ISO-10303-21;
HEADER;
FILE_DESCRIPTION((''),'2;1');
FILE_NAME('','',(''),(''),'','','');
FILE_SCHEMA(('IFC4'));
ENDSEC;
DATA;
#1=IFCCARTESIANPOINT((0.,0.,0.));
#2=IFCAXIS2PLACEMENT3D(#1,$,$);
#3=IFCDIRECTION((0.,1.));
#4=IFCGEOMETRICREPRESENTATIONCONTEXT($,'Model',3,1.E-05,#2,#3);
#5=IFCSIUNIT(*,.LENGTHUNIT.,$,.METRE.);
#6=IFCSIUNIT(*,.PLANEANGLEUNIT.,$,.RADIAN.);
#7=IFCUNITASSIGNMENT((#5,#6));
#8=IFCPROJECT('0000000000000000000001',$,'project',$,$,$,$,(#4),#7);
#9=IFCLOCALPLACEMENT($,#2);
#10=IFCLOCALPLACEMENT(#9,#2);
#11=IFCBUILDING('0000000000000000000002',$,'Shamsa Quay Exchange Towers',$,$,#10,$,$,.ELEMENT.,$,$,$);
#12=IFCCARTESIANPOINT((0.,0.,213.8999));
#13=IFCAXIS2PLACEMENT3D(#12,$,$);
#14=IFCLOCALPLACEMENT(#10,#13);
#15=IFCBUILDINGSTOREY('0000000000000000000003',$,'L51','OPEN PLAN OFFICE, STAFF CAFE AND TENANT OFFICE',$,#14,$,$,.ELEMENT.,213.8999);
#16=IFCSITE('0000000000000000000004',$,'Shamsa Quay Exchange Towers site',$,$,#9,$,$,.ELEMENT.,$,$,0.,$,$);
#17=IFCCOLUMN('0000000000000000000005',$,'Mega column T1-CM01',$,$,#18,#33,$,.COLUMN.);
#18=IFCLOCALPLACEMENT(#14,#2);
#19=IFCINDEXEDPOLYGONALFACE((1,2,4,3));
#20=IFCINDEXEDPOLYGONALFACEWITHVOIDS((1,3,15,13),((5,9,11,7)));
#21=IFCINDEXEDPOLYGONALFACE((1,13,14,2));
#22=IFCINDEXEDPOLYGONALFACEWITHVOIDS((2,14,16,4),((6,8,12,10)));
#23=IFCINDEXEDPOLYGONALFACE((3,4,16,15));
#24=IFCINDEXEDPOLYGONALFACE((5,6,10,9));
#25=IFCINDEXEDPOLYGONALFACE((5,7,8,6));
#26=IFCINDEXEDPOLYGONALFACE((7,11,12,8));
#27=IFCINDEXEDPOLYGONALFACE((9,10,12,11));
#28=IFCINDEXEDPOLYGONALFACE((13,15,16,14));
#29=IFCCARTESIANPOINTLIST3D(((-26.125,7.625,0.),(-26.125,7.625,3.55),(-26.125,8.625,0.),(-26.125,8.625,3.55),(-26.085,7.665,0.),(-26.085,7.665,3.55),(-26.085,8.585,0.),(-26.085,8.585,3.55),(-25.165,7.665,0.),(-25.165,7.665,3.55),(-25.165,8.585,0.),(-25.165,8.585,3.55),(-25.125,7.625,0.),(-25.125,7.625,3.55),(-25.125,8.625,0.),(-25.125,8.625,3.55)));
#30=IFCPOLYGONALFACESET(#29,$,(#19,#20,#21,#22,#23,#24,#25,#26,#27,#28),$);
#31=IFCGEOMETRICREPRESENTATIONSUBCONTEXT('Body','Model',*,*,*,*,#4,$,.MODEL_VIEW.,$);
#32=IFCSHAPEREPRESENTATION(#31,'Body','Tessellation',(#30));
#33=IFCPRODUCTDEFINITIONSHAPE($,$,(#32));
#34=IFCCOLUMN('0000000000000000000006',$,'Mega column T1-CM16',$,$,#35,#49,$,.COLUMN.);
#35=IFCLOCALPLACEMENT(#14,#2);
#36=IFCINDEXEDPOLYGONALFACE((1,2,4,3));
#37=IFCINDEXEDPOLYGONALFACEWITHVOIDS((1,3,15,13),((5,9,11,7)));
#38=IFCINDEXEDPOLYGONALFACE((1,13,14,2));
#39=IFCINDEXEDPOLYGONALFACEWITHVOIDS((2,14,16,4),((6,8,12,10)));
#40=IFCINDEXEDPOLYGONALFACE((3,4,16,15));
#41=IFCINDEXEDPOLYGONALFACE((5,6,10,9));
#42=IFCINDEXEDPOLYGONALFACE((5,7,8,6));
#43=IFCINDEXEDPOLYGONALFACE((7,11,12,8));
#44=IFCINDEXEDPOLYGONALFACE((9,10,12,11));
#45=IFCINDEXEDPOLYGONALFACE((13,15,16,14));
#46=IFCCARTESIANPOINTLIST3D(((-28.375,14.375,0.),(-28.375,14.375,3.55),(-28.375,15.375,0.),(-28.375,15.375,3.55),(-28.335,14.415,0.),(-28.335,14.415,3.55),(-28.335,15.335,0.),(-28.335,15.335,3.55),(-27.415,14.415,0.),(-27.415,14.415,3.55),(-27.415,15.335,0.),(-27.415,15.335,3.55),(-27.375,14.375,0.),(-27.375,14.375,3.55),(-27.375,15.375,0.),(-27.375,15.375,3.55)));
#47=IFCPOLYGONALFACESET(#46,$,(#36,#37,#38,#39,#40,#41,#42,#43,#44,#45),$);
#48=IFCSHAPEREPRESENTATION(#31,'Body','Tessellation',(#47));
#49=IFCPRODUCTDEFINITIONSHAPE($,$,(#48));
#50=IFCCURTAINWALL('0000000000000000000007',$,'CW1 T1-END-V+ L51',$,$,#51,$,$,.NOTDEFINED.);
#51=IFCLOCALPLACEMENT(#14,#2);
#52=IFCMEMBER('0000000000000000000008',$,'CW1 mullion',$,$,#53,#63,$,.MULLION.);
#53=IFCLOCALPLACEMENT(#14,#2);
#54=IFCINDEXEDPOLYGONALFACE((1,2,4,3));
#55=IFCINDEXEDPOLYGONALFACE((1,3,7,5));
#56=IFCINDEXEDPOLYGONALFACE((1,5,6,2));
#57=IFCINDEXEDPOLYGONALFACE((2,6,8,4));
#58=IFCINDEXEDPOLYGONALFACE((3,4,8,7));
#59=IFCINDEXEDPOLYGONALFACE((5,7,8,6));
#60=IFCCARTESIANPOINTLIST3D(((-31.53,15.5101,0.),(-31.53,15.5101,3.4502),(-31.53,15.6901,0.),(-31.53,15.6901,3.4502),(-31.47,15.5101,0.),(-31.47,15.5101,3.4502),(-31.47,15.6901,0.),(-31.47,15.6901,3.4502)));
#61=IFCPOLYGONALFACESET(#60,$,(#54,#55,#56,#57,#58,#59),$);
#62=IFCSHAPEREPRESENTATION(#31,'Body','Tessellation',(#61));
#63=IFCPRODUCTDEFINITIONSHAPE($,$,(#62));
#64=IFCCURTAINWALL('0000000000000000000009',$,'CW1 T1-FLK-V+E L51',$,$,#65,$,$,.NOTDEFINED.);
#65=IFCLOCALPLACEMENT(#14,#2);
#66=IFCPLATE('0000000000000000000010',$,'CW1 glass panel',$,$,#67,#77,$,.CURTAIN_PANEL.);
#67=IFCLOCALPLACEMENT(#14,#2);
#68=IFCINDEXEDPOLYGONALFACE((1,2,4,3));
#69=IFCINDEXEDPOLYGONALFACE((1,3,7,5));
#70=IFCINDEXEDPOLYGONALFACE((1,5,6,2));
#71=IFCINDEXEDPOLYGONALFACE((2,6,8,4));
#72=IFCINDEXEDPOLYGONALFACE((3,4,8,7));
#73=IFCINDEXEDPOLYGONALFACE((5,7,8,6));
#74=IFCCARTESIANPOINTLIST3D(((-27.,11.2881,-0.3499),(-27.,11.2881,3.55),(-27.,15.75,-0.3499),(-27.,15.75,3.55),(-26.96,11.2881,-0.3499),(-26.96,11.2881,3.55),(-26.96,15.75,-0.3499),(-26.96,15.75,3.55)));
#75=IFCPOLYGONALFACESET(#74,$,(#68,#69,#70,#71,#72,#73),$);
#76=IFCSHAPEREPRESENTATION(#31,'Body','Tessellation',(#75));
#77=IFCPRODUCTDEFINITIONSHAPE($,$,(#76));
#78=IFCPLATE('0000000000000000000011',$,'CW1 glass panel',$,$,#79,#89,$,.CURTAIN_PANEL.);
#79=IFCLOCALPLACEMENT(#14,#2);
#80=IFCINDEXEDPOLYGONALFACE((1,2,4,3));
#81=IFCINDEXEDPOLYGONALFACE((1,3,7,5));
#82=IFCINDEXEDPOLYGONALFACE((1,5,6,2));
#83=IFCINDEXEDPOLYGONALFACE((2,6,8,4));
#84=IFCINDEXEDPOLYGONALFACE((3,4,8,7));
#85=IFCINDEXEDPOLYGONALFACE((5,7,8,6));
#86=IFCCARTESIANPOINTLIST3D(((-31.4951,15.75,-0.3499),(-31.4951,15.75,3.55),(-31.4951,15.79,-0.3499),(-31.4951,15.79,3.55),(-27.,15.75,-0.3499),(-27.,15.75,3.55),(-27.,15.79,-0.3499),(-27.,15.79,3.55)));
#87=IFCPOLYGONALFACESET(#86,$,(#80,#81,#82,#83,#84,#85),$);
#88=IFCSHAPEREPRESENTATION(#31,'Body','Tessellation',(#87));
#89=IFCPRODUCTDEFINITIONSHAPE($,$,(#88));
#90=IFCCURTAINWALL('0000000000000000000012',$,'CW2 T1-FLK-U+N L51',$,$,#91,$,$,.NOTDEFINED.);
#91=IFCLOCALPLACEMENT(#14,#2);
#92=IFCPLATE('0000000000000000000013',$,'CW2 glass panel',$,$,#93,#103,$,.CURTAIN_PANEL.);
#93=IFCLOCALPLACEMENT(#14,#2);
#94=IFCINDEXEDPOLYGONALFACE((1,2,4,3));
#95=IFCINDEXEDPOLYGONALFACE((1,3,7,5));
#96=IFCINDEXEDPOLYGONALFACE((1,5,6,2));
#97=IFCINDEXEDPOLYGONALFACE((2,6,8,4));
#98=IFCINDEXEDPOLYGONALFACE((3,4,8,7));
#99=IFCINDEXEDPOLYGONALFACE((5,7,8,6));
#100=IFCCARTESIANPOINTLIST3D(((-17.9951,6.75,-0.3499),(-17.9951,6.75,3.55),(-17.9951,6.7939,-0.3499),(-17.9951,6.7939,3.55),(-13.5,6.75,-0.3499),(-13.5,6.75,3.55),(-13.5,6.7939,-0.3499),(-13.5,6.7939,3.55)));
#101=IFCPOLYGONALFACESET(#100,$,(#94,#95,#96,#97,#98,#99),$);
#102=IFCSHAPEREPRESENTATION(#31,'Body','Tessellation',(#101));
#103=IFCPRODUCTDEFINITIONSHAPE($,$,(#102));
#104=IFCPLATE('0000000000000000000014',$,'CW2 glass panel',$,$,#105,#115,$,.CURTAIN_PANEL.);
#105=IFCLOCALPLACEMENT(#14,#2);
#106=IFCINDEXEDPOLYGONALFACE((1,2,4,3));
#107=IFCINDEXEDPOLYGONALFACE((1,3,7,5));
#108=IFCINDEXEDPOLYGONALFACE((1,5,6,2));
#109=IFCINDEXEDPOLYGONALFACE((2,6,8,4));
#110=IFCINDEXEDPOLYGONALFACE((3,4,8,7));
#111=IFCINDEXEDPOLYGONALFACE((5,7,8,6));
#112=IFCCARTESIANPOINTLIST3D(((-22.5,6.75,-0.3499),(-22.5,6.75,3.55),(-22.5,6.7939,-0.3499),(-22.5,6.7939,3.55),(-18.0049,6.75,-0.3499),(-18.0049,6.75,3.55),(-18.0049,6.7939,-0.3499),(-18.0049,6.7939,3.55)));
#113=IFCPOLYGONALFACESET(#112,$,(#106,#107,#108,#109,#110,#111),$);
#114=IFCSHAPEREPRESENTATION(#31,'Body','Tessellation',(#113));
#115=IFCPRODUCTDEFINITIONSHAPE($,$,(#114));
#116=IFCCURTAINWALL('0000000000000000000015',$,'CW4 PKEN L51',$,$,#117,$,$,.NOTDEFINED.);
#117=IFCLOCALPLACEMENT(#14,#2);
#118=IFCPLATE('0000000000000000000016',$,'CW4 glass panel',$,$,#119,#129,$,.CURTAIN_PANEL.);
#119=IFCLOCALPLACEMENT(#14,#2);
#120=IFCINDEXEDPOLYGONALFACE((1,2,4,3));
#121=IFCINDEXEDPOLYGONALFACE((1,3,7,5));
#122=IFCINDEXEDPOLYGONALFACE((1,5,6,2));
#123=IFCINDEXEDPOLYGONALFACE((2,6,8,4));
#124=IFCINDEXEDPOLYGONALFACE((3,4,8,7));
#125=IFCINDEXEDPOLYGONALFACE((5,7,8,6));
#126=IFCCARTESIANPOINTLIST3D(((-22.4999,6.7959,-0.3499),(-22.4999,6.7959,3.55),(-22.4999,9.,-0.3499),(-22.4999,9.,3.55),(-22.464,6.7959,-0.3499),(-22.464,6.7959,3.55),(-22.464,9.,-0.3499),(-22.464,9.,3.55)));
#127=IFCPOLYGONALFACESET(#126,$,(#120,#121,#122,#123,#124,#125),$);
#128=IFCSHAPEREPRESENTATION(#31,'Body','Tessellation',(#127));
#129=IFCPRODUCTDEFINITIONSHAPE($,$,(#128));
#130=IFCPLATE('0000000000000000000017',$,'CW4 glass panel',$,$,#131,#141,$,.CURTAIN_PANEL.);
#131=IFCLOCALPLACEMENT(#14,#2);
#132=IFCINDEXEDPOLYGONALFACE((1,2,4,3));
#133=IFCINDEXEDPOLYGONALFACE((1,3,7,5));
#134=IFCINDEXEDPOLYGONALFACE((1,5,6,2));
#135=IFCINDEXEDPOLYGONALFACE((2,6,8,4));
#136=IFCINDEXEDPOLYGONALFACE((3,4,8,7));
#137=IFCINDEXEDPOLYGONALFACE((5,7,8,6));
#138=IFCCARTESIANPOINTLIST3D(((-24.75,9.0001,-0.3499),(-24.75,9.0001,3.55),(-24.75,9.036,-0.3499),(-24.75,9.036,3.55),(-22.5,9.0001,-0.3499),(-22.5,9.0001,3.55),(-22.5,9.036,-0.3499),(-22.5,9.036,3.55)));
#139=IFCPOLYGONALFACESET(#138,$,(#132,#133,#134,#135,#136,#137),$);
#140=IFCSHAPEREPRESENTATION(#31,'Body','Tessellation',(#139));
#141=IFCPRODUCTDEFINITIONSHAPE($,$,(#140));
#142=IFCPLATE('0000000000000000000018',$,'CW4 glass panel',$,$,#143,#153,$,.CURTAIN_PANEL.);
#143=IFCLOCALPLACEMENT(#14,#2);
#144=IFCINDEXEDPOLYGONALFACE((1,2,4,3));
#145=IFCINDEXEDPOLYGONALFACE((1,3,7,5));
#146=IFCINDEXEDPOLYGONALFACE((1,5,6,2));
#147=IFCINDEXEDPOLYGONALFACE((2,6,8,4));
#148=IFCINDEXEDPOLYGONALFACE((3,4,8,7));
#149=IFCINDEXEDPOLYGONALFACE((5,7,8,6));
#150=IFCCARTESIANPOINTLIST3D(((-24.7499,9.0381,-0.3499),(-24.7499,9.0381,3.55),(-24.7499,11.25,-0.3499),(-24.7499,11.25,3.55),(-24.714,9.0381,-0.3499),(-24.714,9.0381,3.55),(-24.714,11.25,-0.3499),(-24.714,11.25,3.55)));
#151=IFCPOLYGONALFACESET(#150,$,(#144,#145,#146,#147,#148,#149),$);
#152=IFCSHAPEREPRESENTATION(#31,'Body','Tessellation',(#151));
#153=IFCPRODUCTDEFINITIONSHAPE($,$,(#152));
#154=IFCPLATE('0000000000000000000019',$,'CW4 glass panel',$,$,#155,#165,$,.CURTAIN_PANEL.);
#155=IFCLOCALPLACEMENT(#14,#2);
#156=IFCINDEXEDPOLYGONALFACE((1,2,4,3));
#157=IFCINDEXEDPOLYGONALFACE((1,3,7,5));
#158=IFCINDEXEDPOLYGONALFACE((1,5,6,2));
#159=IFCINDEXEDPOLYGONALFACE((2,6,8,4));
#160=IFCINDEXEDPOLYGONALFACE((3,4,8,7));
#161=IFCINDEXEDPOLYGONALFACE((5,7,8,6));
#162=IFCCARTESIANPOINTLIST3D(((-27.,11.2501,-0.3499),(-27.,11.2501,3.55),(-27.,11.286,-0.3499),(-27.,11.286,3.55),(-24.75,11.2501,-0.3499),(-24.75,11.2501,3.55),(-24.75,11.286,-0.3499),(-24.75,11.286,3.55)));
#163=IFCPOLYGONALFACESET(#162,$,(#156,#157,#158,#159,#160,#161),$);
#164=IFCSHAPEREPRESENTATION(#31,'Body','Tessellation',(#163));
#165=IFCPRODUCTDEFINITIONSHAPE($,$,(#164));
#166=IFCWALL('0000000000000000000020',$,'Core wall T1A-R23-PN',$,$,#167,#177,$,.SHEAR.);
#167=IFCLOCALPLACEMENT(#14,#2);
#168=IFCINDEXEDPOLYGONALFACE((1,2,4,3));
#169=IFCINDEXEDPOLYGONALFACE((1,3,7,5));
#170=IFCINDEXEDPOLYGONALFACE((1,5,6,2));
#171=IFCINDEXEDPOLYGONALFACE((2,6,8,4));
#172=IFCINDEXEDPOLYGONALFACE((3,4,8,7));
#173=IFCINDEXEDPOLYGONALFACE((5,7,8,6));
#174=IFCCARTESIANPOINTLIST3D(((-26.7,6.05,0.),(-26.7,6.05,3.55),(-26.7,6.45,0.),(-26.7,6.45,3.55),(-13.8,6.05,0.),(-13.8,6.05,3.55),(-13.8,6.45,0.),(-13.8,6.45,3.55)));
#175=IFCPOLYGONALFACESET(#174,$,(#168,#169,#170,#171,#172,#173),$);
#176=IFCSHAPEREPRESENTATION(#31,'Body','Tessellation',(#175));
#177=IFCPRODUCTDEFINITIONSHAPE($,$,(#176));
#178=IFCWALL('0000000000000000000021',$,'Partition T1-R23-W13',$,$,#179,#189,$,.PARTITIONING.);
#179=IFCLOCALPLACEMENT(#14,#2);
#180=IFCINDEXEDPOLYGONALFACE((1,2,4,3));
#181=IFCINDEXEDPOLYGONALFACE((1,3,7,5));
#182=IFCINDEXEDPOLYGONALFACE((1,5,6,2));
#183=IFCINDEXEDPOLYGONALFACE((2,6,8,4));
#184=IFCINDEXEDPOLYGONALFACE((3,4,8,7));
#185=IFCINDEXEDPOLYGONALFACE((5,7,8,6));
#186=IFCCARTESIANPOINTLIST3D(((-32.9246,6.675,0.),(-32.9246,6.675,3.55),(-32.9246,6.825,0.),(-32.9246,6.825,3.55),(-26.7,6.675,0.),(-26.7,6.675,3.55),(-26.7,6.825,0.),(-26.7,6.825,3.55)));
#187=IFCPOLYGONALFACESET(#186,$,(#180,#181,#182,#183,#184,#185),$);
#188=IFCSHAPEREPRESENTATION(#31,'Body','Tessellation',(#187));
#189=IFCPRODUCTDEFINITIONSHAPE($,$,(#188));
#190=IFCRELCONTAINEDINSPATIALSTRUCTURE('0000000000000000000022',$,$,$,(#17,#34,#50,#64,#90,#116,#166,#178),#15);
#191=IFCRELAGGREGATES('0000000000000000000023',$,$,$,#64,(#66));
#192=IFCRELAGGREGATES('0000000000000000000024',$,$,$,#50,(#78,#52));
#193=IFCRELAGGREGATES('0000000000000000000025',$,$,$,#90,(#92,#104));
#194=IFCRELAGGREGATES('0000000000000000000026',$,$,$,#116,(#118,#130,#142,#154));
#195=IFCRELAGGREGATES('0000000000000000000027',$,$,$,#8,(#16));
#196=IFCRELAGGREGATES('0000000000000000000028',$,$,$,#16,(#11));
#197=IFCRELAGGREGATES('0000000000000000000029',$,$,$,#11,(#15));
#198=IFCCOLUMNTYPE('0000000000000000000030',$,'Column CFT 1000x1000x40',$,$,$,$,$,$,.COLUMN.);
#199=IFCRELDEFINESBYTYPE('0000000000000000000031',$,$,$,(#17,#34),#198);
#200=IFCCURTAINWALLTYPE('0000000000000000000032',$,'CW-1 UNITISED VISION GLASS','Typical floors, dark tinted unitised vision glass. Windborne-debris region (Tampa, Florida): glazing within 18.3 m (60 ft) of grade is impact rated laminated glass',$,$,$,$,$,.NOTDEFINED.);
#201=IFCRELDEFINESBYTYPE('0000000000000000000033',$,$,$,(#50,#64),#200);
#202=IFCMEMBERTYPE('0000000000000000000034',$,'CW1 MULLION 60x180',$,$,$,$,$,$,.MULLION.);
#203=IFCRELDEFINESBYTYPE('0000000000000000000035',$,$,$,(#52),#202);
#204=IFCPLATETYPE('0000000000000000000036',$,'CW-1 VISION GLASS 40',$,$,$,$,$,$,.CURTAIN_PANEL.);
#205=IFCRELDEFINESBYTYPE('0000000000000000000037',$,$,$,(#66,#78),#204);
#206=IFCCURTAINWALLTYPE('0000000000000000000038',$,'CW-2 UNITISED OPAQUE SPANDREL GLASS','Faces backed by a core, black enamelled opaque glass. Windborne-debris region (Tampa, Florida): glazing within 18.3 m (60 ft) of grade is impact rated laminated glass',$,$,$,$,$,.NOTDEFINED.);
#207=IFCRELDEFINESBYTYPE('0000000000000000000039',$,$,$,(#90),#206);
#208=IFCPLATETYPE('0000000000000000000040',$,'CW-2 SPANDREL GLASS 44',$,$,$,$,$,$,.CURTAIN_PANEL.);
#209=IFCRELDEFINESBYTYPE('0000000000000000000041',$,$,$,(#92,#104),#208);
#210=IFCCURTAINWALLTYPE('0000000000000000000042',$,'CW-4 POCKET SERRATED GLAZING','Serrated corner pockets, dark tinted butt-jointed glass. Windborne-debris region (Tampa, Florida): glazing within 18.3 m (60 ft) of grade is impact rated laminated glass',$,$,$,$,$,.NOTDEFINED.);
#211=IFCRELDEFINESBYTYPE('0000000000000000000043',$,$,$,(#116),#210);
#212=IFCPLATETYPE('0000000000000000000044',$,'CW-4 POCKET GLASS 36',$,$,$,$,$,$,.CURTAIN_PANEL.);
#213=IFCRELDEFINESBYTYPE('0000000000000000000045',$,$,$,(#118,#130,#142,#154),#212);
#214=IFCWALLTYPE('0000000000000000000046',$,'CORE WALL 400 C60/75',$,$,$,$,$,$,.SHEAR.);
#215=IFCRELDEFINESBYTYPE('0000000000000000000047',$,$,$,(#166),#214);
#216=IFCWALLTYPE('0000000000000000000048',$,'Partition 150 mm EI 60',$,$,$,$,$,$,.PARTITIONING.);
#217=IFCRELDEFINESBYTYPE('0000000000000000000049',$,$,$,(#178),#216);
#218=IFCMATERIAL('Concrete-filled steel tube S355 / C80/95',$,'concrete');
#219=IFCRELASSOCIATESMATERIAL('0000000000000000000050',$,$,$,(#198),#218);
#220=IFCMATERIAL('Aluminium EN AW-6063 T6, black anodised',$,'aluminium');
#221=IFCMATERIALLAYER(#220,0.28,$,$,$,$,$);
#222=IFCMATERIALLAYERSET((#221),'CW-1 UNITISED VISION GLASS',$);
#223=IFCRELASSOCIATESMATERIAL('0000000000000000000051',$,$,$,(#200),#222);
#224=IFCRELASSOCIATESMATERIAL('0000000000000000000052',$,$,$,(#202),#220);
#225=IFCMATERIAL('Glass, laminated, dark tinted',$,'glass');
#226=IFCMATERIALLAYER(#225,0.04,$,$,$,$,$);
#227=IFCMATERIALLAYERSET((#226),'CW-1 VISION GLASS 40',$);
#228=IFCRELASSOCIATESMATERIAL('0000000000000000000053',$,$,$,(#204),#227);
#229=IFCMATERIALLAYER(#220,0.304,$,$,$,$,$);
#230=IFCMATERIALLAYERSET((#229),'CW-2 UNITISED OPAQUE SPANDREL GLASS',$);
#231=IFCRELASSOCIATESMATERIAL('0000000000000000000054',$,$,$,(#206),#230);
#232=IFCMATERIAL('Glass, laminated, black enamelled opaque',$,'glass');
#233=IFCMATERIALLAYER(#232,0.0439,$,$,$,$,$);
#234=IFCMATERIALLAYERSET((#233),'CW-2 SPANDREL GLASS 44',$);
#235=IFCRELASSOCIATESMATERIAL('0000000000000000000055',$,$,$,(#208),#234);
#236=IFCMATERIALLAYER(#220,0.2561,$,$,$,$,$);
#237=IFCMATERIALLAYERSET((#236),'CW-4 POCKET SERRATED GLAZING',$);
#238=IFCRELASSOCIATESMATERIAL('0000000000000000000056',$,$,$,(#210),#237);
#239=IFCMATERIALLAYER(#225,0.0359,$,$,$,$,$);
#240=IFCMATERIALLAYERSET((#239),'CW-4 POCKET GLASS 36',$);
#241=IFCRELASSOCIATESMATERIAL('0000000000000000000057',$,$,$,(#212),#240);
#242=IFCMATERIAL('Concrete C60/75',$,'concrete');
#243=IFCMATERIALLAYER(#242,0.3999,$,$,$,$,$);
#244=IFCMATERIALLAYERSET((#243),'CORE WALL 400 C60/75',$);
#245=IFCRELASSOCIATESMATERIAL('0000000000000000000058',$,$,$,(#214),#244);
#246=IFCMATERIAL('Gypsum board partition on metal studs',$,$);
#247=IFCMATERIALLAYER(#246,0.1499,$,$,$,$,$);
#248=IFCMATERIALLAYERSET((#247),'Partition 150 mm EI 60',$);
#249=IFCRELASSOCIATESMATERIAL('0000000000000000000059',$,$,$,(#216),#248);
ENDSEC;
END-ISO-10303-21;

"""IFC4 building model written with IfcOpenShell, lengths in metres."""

from ifc_helpers import new_model, si_unit, direction, frame, frame_2d, origin, origin_2d, place, context, subcontext, project, spatial, rectangle, hollow_rectangle, extrude, material, layer, layer_set, material_profile, profile_set, type_object, element, aggregate, save


model = new_model("IFC4")

# Units and contexts
model_context = context("Model", 3, precision=1e-05, world=origin(), true_north=direction((0.0, 1.0)))
body_context = subcontext(model_context, "Body", "Model", "MODEL_VIEW")
ifc_project = project(units=[si_unit("LENGTHUNIT", "METRE"), si_unit("PLANEANGLEUNIT", "RADIAN")], contexts=[model_context])

# Site, building, storey
site_placement = place(None, origin())
site = spatial("IfcSite", under=ifc_project, at=site_placement, Name="Shamsa Quay Exchange Towers site", CompositionType="ELEMENT", RefElevation=0.0)
building_placement = place(site_placement, origin())
building = spatial("IfcBuilding", under=site, at=building_placement, Name="Shamsa Quay Exchange Towers", CompositionType="ELEMENT")
storey_placement = place(building_placement, frame((0.0, 0.0, 213.8999)))
storey = spatial("IfcBuildingStorey", under=building, at=storey_placement, Name="L51", Description="OPEN PLAN OFFICE, STAFF CAFE AND TENANT OFFICE", CompositionType="ELEMENT", Elevation=213.8999)

# Columns
ifc_material_1 = material(Name="Concrete-filled steel tube S355 / C80/95", Category="concrete")
ifc_material_profile_1 = material_profile(ifc_material_1, hollow_rectangle(XDim=1.0, YDim=1.0, WallThickness=0.04, at=origin_2d()), Name="CFT 1000x1000x40")
ifc_profile_set_1 = profile_set([ifc_material_profile_1], Name="Concrete-filled steel tube S355 / C80/95")
column_type = type_object("IfcColumnType", Name="Column CFT 1000x1000x40", PredefinedType="COLUMN", material=ifc_profile_set_1)
for number, where, name in (
    (1, (-25.625, 8.125, 0.0), "Mega column T1-CM01"),
    (2, (-27.875, 14.875, 0.0), "Mega column T1-CM16"),
):
    element("IfcColumn", number, at=place(storey_placement, frame(where)), inside=storey, type_object=column_type, Name=name, PredefinedType="COLUMN", context=body_context, shape_type="SweptSolid", body=[
        extrude(hollow_rectangle(XDim=1.0, YDim=1.0, WallThickness=0.04, at=origin_2d()), origin(), (0.0, 0.0, 1.0), 3.55),
    ])

# Curtain wall, member
ifc_material_2 = material(Name="Aluminium EN AW-6063 T6, black anodised", Category="aluminium")
ifc_layer_1 = layer(ifc_material_2, 0.28)
ifc_layer_set_1 = layer_set([ifc_layer_1], Name="CW-1 UNITISED VISION GLASS")
curtain_wall_type_1 = type_object("IfcCurtainWallType", Name="CW-1 UNITISED VISION GLASS", Description="Typical floors, dark tinted unitised vision glass. Windborne-debris region (Tampa, Florida): glazing within 18.3 m (60 ft) of grade is impact rated laminated glass", PredefinedType="NOTDEFINED", material=ifc_layer_set_1)
curtain_wall_1_placement = place(storey_placement, origin())
curtain_wall_1 = element("IfcCurtainWall", 3, at=curtain_wall_1_placement, inside=storey, type_object=curtain_wall_type_1, Name="CW1 T1-END-V+ L51", PredefinedType="NOTDEFINED")
ifc_material_profile_2 = material_profile(ifc_material_2, rectangle(XDim=0.1799, YDim=0.0601, at=origin_2d()), Name="MU60x180")
ifc_profile_set_2 = profile_set([ifc_material_profile_2], Name="Aluminium EN AW-6063 T6, black anodised")
member_type = type_object("IfcMemberType", Name="CW1 MULLION 60x180", PredefinedType="MULLION", material=ifc_profile_set_2)
member_placement = place(storey_placement, frame((-31.5, 15.6001, 0.0), z_axis=(0.0, 0.0, 1.0), x_axis=(0.0, -1.0, 0.0)))
member = element("IfcMember", 4, at=member_placement, type_object=member_type, Name="CW1 mullion", PredefinedType="MULLION", context=body_context, shape_type="SweptSolid", body=[
    extrude(rectangle(XDim=0.1799, YDim=0.0601, at=origin_2d()), origin(), (0.0, 0.0, 1.0), 3.4502),
])

# Curtain wall, plate
curtain_wall_2_placement = place(storey_placement, origin())
curtain_wall_2 = element("IfcCurtainWall", 5, at=curtain_wall_2_placement, inside=storey, type_object=curtain_wall_type_1, Name="CW1 T1-FLK-V+E L51", PredefinedType="NOTDEFINED")
ifc_material_3 = material(Name="Glass, laminated, dark tinted", Category="glass")
ifc_layer_2 = layer(ifc_material_3, 0.04)
ifc_layer_set_2 = layer_set([ifc_layer_2], Name="CW-1 VISION GLASS 40")
plate_type_1 = type_object("IfcPlateType", Name="CW-1 VISION GLASS 40", PredefinedType="CURTAIN_PANEL", material=ifc_layer_set_2)
plate_1_placement = place(storey_placement, frame((-26.98, 13.519, -0.3499), z_axis=(0.0, 0.0, 1.0), x_axis=(0.0, 1.0, 0.0)))
plate_1 = element("IfcPlate", 6, at=plate_1_placement, type_object=plate_type_1, Name="CW1 glass panel", PredefinedType="CURTAIN_PANEL", context=body_context, shape_type="SweptSolid", body=[
    extrude(rectangle(XDim=4.4619, YDim=0.04, at=origin_2d()), origin(), (0.0, 0.0, 1.0), 3.8999),
])
aggregate(curtain_wall_2, [plate_1])

# Plate
plate_2_placement = place(storey_placement, frame((-29.2476, 15.77, -0.3499), z_axis=(0.0, 0.0, 1.0), x_axis=(-1.0, 0.0, 0.0)))
plate_2 = element("IfcPlate", 7, at=plate_2_placement, type_object=plate_type_1, Name="CW1 glass panel", PredefinedType="CURTAIN_PANEL", context=body_context, shape_type="SweptSolid", body=[
    extrude(rectangle(XDim=4.4951, YDim=0.04, at=origin_2d()), origin(), (0.0, 0.0, 1.0), 3.8999),
])
aggregate(curtain_wall_1, [plate_2, member])

# Curtain walls, plates
ifc_layer_3 = layer(ifc_material_2, 0.304)
ifc_layer_set_3 = layer_set([ifc_layer_3], Name="CW-2 UNITISED OPAQUE SPANDREL GLASS")
curtain_wall_type_2 = type_object("IfcCurtainWallType", Name="CW-2 UNITISED OPAQUE SPANDREL GLASS", Description="Faces backed by a core, black enamelled opaque glass. Windborne-debris region (Tampa, Florida): glazing within 18.3 m (60 ft) of grade is impact rated laminated glass", PredefinedType="NOTDEFINED", material=ifc_layer_set_3)
curtain_wall_3_placement = place(storey_placement, origin())
curtain_wall_3 = element("IfcCurtainWall", 8, at=curtain_wall_3_placement, inside=storey, type_object=curtain_wall_type_2, Name="CW2 T1-FLK-U+N L51", PredefinedType="NOTDEFINED")
ifc_material_4 = material(Name="Glass, laminated, black enamelled opaque", Category="glass")
ifc_layer_4 = layer(ifc_material_4, 0.0439)
ifc_layer_set_4 = layer_set([ifc_layer_4], Name="CW-2 SPANDREL GLASS 44")
plate_type_2 = type_object("IfcPlateType", Name="CW-2 SPANDREL GLASS 44", PredefinedType="CURTAIN_PANEL", material=ifc_layer_set_4)
plate_3_placement = place(storey_placement, frame((-15.7476, 6.772, -0.3499), z_axis=(0.0, 0.0, 1.0), x_axis=(-1.0, 0.0, 0.0)))
plate_3 = element("IfcPlate", 9, at=plate_3_placement, type_object=plate_type_2, Name="CW2 glass panel", PredefinedType="CURTAIN_PANEL", context=body_context, shape_type="SweptSolid", body=[
    extrude(rectangle(XDim=4.4951, YDim=0.0439, at=origin_2d()), origin(), (0.0, 0.0, 1.0), 3.8999),
])
plate_4_placement = place(storey_placement, frame((-20.2524, 6.772, -0.3499), z_axis=(0.0, 0.0, 1.0), x_axis=(-1.0, 0.0, 0.0)))
plate_4 = element("IfcPlate", 10, at=plate_4_placement, type_object=plate_type_2, Name="CW2 glass panel", PredefinedType="CURTAIN_PANEL", context=body_context, shape_type="SweptSolid", body=[
    extrude(rectangle(XDim=4.4951, YDim=0.0439, at=origin_2d()), origin(), (0.0, 0.0, 1.0), 3.8999),
])
aggregate(curtain_wall_3, [plate_3, plate_4])
ifc_layer_5 = layer(ifc_material_2, 0.2561)
ifc_layer_set_5 = layer_set([ifc_layer_5], Name="CW-4 POCKET SERRATED GLAZING")
curtain_wall_type_3 = type_object("IfcCurtainWallType", Name="CW-4 POCKET SERRATED GLAZING", Description="Serrated corner pockets, dark tinted butt-jointed glass. Windborne-debris region (Tampa, Florida): glazing within 18.3 m (60 ft) of grade is impact rated laminated glass", PredefinedType="NOTDEFINED", material=ifc_layer_set_5)
curtain_wall_4_placement = place(storey_placement, origin())
curtain_wall_4 = element("IfcCurtainWall", 11, at=curtain_wall_4_placement, inside=storey, type_object=curtain_wall_type_3, Name="CW4 PKEN L51", PredefinedType="NOTDEFINED")
ifc_layer_6 = layer(ifc_material_3, 0.0359)
ifc_layer_set_6 = layer_set([ifc_layer_6], Name="CW-4 POCKET GLASS 36")
plate_type_3 = type_object("IfcPlateType", Name="CW-4 POCKET GLASS 36", PredefinedType="CURTAIN_PANEL", material=ifc_layer_set_6)
plate_5_placement = place(storey_placement, frame((-22.4819, 7.8979, -0.3499), z_axis=(0.0, 0.0, 1.0), x_axis=(0.0, 1.0, 0.0)))
plate_5 = element("IfcPlate", 12, at=plate_5_placement, type_object=plate_type_3, Name="CW4 glass panel", PredefinedType="CURTAIN_PANEL", context=body_context, shape_type="SweptSolid", body=[
    extrude(rectangle(XDim=2.2041, YDim=0.0359, at=origin_2d()), origin(), (0.0, 0.0, 1.0), 3.8999),
])
plate_6_placement = place(storey_placement, frame((-23.625, 9.0181, -0.3499), z_axis=(0.0, 0.0, 1.0), x_axis=(-1.0, 0.0, 0.0)))
plate_6 = element("IfcPlate", 13, at=plate_6_placement, type_object=plate_type_3, Name="CW4 glass panel", PredefinedType="CURTAIN_PANEL", context=body_context, shape_type="SweptSolid", body=[
    extrude(rectangle(XDim=2.25, YDim=0.0359, at=origin_2d()), origin(), (0.0, 0.0, 1.0), 3.8999),
])
plate_7_placement = place(storey_placement, frame((-24.7319, 10.144, -0.3499), z_axis=(0.0, 0.0, 1.0), x_axis=(0.0, 1.0, 0.0)))
plate_7 = element("IfcPlate", 14, at=plate_7_placement, type_object=plate_type_3, Name="CW4 glass panel", PredefinedType="CURTAIN_PANEL", context=body_context, shape_type="SweptSolid", body=[
    extrude(rectangle(XDim=2.2119, YDim=0.0359, at=origin_2d()), origin(), (0.0, 0.0, 1.0), 3.8999),
])
plate_8_placement = place(storey_placement, frame((-25.875, 11.2681, -0.3499), z_axis=(0.0, 0.0, 1.0), x_axis=(-1.0, 0.0, 0.0)))
plate_8 = element("IfcPlate", 15, at=plate_8_placement, type_object=plate_type_3, Name="CW4 glass panel", PredefinedType="CURTAIN_PANEL", context=body_context, shape_type="SweptSolid", body=[
    extrude(rectangle(XDim=2.25, YDim=0.0359, at=origin_2d()), origin(), (0.0, 0.0, 1.0), 3.8999),
])
aggregate(curtain_wall_4, [plate_5, plate_6, plate_7, plate_8])

# Wall
ifc_material_5 = material(Name="Concrete C60/75", Category="concrete")
ifc_layer_7 = layer(ifc_material_5, 0.3999)
ifc_layer_set_7 = layer_set([ifc_layer_7], Name="CORE WALL 400 C60/75")
wall_type_1 = type_object("IfcWallType", Name="CORE WALL 400 C60/75", PredefinedType="SHEAR", material=ifc_layer_set_7)
wall_1_placement = place(storey_placement, frame((-26.7, 6.25, 0.0)))
element("IfcWall", 16, at=wall_1_placement, inside=storey, type_object=wall_type_1, Name="Core wall T1A-R23-PN", PredefinedType="SHEAR", context=body_context, shape_type="SweptSolid", body=[
    extrude(rectangle(XDim=12.8999, YDim=0.3999, at=frame_2d((6.45, 0.0))), origin(), (0.0, 0.0, 1.0), 3.55),
])

# Wall
ifc_material_6 = material(Name="Gypsum board partition on metal studs")
ifc_layer_8 = layer(ifc_material_6, 0.1499)
ifc_layer_set_8 = layer_set([ifc_layer_8], Name="Partition 150 mm EI 60")
wall_type_2 = type_object("IfcWallType", Name="Partition 150 mm EI 60", PredefinedType="PARTITIONING", material=ifc_layer_set_8)
wall_2_placement = place(storey_placement, frame((-26.7, 6.75, 0.0), z_axis=(0.0, 0.0, 1.0), x_axis=(-1.0, 0.0, 0.0)))
element("IfcWall", 17, at=wall_2_placement, inside=storey, type_object=wall_type_2, Name="Partition T1-R23-W13", PredefinedType="PARTITIONING", context=body_context, shape_type="SweptSolid", body=[
    extrude(rectangle(XDim=6.2246, YDim=0.1499, at=frame_2d((3.1123, 0.0))), origin(), (0.0, 0.0, 1.0), 3.55),
])

save(model, "model.ifc")
